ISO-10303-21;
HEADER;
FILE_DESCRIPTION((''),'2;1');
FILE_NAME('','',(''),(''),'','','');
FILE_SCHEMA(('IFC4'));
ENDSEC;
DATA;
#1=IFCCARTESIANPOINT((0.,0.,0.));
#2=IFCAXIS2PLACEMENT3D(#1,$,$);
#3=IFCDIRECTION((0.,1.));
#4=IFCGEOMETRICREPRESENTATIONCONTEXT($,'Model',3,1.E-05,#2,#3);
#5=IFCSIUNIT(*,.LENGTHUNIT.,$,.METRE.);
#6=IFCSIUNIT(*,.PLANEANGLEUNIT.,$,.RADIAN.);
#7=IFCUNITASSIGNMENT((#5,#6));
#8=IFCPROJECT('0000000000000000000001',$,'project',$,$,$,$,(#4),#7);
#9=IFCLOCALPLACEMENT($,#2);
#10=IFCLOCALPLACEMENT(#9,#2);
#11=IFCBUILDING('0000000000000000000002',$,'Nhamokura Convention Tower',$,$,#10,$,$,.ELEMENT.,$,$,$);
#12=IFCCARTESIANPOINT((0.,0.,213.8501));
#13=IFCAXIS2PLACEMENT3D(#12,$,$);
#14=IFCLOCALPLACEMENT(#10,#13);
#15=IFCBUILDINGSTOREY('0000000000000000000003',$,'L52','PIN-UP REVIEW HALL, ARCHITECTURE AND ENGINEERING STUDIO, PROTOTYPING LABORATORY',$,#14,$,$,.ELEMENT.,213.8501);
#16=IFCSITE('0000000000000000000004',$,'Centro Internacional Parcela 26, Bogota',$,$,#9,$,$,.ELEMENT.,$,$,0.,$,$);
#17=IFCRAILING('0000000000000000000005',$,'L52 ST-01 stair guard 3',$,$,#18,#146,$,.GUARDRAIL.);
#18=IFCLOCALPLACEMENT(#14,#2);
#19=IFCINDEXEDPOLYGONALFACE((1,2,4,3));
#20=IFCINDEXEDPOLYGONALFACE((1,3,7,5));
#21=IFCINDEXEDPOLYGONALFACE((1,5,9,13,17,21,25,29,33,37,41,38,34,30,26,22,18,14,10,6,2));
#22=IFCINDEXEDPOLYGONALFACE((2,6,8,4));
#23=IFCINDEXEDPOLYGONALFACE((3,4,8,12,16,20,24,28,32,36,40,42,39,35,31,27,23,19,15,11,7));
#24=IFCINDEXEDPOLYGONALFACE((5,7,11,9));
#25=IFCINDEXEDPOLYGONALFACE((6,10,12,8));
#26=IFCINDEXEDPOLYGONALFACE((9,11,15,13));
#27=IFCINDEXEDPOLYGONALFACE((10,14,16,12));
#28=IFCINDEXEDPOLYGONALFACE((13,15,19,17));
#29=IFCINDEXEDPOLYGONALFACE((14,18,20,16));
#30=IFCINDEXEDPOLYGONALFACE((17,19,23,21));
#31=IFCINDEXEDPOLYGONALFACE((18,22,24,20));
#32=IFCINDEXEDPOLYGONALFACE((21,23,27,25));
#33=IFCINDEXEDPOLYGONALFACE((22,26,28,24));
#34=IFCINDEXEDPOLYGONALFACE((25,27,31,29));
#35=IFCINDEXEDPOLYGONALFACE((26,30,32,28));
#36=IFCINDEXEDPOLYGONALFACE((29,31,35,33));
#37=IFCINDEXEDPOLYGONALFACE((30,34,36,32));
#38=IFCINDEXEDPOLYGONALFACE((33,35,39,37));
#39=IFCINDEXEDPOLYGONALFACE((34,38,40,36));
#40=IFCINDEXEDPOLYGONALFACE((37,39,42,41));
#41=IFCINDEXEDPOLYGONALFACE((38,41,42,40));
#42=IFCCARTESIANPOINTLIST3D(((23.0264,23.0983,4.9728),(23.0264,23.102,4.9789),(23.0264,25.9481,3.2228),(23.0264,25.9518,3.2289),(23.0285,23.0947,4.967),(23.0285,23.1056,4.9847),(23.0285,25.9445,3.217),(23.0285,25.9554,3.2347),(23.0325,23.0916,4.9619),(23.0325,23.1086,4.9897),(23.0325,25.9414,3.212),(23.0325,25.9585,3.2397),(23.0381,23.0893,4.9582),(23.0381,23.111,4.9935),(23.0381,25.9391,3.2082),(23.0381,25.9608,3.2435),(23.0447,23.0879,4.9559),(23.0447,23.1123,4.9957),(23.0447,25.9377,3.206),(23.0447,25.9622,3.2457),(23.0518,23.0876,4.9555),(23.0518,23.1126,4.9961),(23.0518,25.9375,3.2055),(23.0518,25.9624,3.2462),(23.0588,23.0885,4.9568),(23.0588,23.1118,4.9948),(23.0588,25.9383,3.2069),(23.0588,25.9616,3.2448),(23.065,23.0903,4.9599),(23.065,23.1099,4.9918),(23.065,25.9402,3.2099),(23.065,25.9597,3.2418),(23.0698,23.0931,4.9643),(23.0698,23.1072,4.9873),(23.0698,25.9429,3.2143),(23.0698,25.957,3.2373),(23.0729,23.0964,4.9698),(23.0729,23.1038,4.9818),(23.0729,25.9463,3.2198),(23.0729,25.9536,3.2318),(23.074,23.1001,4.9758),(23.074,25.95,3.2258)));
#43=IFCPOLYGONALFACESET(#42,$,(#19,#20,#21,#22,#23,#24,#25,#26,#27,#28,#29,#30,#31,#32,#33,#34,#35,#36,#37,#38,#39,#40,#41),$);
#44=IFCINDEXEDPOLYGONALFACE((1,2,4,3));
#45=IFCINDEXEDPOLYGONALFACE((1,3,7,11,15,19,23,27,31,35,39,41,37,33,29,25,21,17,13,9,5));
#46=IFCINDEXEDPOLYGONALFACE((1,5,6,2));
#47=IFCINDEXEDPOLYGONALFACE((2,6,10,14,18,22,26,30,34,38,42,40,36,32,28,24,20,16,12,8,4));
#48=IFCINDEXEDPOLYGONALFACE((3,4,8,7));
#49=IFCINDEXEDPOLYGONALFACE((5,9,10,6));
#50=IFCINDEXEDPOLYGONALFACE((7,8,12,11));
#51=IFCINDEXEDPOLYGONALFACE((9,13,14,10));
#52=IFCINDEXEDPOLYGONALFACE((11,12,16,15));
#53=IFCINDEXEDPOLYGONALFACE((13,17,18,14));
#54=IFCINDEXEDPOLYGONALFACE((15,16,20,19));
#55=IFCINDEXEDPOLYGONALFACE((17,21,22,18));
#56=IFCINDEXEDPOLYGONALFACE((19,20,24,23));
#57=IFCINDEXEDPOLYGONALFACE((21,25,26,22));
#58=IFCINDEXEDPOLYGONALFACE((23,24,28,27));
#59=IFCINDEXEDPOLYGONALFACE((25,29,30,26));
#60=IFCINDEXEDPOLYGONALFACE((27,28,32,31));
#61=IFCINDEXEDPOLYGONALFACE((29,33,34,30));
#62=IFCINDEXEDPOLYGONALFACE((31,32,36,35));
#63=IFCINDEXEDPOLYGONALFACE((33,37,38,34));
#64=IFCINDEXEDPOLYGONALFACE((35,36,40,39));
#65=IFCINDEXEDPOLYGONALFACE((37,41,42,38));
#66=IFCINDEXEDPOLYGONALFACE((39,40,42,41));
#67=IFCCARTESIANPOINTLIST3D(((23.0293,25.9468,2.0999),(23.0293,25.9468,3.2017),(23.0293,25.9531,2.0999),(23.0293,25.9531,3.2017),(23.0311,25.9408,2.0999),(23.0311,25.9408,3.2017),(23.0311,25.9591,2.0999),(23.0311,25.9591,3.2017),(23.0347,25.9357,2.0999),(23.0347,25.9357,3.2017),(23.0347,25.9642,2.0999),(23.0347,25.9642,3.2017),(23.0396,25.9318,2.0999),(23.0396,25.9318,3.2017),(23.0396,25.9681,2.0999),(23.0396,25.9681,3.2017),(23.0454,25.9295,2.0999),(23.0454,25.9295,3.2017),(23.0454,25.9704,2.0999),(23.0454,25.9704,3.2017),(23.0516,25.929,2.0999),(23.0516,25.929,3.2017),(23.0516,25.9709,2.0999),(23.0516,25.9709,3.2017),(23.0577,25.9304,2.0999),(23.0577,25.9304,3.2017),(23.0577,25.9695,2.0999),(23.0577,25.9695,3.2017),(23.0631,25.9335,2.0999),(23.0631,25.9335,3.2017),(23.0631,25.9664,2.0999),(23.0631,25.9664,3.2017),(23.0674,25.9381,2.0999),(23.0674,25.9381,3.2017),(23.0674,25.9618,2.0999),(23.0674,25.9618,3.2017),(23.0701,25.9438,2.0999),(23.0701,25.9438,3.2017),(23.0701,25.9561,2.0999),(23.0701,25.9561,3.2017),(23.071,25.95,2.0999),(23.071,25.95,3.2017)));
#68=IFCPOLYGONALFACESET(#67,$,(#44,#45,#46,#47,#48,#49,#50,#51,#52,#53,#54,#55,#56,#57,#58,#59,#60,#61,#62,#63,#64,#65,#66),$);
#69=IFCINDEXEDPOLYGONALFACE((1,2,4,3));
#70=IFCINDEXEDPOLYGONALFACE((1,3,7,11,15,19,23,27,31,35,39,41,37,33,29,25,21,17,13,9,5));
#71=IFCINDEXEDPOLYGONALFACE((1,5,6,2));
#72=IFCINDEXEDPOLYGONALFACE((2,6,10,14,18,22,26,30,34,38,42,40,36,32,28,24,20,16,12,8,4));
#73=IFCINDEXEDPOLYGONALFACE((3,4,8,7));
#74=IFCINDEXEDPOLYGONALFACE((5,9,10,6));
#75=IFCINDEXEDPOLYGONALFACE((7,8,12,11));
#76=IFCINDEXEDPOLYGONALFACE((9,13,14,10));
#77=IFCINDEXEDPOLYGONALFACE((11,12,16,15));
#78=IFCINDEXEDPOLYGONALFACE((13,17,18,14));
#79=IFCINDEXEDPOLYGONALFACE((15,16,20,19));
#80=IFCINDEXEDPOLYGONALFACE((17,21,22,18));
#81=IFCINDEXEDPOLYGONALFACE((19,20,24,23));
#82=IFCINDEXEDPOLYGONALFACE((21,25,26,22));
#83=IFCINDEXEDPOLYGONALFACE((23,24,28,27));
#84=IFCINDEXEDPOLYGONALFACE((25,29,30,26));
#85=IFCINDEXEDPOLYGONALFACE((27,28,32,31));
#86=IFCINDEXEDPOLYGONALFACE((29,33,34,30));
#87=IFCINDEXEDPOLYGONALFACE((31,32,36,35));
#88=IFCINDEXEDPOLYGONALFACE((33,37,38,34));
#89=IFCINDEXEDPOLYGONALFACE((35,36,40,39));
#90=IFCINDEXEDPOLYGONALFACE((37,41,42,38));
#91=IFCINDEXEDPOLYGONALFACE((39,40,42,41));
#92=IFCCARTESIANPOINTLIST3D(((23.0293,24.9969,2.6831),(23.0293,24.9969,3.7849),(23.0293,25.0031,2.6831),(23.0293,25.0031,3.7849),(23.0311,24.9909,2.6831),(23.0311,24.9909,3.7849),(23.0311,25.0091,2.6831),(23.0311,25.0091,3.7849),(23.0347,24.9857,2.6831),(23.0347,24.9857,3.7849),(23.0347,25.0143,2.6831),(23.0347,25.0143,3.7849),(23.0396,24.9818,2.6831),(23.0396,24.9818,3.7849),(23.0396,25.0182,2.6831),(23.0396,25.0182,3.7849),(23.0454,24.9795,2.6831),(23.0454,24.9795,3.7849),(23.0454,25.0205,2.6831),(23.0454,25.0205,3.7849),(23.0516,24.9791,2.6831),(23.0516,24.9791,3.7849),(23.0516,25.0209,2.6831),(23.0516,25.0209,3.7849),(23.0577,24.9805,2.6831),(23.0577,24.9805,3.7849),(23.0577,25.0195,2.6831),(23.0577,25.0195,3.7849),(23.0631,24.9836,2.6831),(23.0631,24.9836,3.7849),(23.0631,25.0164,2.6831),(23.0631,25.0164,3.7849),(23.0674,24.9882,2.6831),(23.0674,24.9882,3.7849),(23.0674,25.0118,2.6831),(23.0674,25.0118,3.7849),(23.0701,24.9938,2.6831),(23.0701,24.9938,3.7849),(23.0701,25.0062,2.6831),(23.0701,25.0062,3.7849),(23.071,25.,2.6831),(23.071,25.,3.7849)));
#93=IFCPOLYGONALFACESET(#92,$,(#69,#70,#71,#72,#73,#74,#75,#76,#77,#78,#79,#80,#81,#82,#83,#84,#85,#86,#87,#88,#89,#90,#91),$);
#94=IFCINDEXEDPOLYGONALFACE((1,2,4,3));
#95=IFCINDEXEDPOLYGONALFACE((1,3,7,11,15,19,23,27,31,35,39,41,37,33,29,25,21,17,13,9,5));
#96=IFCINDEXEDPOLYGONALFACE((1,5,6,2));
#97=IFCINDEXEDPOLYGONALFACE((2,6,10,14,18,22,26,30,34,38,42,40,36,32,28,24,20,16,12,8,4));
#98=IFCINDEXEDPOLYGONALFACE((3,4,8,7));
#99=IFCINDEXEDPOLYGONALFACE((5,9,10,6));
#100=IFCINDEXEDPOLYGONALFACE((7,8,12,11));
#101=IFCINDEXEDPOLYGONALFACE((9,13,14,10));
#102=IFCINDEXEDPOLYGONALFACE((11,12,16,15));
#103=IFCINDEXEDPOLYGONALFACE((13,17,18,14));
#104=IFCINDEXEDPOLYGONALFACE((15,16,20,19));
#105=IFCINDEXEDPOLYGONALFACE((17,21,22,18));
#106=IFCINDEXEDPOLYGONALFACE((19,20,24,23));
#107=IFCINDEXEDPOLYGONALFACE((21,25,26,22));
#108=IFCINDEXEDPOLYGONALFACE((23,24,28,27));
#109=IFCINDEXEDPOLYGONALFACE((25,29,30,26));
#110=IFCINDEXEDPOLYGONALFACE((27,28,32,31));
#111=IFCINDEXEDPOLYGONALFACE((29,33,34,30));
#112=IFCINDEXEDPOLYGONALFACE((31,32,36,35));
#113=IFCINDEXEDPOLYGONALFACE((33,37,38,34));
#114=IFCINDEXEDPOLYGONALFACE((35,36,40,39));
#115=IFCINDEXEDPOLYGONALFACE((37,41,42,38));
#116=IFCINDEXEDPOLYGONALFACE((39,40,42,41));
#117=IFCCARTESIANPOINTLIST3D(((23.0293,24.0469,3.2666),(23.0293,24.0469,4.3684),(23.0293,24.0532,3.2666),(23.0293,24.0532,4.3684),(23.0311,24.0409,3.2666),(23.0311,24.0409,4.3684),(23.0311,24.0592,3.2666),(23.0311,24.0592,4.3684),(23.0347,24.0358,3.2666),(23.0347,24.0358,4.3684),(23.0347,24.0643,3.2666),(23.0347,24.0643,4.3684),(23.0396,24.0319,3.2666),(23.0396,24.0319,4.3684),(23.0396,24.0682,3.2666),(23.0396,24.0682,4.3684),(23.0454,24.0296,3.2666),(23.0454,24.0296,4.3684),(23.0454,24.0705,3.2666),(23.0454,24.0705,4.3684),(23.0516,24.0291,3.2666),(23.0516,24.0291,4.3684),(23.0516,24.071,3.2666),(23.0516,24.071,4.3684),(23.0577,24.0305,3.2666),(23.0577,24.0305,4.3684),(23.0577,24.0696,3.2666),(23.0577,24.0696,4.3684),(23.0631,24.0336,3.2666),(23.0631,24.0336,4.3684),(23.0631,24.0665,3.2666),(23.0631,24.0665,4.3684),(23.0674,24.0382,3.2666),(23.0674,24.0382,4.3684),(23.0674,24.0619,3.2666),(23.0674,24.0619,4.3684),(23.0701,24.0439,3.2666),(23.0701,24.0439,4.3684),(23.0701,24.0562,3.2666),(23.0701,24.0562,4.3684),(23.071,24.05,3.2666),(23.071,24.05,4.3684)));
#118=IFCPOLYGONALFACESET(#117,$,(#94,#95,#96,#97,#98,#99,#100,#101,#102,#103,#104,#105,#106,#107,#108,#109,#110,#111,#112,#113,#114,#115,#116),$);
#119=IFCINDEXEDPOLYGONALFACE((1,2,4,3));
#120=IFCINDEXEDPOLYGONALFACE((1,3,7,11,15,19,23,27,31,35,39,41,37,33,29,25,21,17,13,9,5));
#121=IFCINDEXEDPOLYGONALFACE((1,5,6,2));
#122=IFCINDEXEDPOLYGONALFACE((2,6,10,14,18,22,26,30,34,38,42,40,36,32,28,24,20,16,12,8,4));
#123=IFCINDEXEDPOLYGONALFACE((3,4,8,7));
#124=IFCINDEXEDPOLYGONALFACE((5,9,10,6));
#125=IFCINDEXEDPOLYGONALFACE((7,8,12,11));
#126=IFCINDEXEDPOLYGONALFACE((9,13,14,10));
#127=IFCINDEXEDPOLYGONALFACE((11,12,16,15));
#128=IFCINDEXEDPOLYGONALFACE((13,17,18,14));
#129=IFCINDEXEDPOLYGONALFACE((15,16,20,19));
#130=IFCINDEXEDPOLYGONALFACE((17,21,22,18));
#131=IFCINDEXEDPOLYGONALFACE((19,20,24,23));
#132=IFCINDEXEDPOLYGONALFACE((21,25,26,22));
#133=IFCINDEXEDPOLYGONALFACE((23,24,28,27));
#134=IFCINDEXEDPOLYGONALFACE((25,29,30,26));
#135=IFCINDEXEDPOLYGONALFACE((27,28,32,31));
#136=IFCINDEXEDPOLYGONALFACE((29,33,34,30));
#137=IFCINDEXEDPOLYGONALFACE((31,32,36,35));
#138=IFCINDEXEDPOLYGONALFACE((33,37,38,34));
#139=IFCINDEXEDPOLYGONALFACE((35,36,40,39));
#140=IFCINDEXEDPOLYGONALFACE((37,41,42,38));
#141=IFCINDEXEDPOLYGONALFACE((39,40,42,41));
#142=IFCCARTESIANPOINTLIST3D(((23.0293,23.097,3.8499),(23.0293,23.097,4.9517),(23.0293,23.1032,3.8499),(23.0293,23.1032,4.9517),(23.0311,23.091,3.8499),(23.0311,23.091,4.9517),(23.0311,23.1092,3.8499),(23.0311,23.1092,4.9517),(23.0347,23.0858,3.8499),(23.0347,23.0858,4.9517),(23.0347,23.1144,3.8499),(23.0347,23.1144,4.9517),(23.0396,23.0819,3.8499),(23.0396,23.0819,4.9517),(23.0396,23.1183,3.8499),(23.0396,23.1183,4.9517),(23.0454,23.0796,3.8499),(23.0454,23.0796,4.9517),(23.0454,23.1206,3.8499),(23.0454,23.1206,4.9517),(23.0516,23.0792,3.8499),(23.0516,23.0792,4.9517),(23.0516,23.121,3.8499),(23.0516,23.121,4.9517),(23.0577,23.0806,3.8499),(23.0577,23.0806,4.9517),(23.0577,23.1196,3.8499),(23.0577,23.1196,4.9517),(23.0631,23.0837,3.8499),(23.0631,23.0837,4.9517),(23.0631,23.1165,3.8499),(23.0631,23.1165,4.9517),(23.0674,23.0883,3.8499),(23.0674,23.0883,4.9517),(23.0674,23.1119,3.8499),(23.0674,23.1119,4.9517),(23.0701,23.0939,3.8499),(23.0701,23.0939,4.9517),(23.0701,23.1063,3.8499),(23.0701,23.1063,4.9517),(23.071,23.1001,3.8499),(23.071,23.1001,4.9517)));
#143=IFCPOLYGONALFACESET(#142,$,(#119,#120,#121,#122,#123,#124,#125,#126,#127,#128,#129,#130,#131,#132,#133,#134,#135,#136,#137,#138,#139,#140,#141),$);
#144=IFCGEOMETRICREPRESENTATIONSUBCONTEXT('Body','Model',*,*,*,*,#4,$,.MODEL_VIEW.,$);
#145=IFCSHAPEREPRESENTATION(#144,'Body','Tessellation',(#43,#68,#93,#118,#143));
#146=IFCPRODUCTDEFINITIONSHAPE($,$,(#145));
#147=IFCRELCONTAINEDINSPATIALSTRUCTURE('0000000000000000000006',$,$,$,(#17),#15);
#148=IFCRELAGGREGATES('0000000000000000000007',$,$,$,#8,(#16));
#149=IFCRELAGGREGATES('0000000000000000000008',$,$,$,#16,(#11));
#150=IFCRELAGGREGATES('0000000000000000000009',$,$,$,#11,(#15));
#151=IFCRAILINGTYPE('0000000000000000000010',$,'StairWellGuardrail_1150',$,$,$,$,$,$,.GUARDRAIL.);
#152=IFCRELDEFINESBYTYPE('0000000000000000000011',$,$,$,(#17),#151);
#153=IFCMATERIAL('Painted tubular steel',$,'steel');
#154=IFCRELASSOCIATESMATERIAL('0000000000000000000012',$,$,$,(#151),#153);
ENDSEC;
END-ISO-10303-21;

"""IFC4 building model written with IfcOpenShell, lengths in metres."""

from ifc_helpers import new_model, si_unit, direction, frame, origin, origin_2d, place, context, subcontext, project, spatial, circle, extrude, material, type_object, element, save


model = new_model("IFC4")

# Units and contexts
model_context = context("Model", 3, precision=1e-05, world=origin(), true_north=direction((0.0, 1.0)))
body_context = subcontext(model_context, "Body", "Model", "MODEL_VIEW")
ifc_project = project(units=[si_unit("LENGTHUNIT", "METRE"), si_unit("PLANEANGLEUNIT", "RADIAN")], contexts=[model_context])

# Site, building, storey
site_placement = place(None, origin())
site = spatial("IfcSite", under=ifc_project, at=site_placement, Name="Centro Internacional Parcela 26, Bogota", CompositionType="ELEMENT", RefElevation=0.0)
building_placement = place(site_placement, origin())
building = spatial("IfcBuilding", under=site, at=building_placement, Name="Nhamokura Convention Tower", CompositionType="ELEMENT")
storey_placement = place(building_placement, frame((0.0, 0.0, 213.8501)))
storey = spatial("IfcBuildingStorey", under=building, at=storey_placement, Name="L52", Description="PIN-UP REVIEW HALL, ARCHITECTURE AND ENGINEERING STUDIO, PROTOTYPING LABORATORY", CompositionType="ELEMENT", Elevation=213.8501)

# Railing
ifc_material_1 = material(Name="Painted tubular steel", Category="steel")
railing_type_1 = type_object("IfcRailingType", Name="StairWellGuardrail_1150", PredefinedType="GUARDRAIL", material=ifc_material_1)
railing_1_placement = place(storey_placement, frame((23.05, 25.95, 2.0999)))
element("IfcRailing", 1, at=railing_1_placement, inside=storey, type_object=railing_type_1, Name="L52 ST-01 stair guard 3", PredefinedType="GUARDRAIL", context=body_context, shape_type="SweptSolid", body=[
    extrude(circle(Radius=0.0239, at=origin_2d()), frame((0.0, 0.0, 1.126), z_axis=(0.0, -0.852159, 0.523283), x_axis=(1.0, 0.0, 0.0)), (0.0, 0.0, 1.0), 3.3442),
    extrude(circle(Radius=0.021, at=origin_2d()), origin(), (0.0, 0.0, 1.0), 1.1018),
    extrude(circle(Radius=0.021, at=origin_2d()), frame((0.0, -0.95, 0.5833)), (0.0, 0.0, 1.0), 1.1018),
    extrude(circle(Radius=0.021, at=origin_2d()), frame((0.0, -1.8999, 1.1667)), (0.0, 0.0, 1.0), 1.1018),
    extrude(circle(Radius=0.021, at=origin_2d()), frame((0.0, -2.8499, 1.75)), (0.0, 0.0, 1.0), 1.1018),
])

save(model, "model.ifc")
